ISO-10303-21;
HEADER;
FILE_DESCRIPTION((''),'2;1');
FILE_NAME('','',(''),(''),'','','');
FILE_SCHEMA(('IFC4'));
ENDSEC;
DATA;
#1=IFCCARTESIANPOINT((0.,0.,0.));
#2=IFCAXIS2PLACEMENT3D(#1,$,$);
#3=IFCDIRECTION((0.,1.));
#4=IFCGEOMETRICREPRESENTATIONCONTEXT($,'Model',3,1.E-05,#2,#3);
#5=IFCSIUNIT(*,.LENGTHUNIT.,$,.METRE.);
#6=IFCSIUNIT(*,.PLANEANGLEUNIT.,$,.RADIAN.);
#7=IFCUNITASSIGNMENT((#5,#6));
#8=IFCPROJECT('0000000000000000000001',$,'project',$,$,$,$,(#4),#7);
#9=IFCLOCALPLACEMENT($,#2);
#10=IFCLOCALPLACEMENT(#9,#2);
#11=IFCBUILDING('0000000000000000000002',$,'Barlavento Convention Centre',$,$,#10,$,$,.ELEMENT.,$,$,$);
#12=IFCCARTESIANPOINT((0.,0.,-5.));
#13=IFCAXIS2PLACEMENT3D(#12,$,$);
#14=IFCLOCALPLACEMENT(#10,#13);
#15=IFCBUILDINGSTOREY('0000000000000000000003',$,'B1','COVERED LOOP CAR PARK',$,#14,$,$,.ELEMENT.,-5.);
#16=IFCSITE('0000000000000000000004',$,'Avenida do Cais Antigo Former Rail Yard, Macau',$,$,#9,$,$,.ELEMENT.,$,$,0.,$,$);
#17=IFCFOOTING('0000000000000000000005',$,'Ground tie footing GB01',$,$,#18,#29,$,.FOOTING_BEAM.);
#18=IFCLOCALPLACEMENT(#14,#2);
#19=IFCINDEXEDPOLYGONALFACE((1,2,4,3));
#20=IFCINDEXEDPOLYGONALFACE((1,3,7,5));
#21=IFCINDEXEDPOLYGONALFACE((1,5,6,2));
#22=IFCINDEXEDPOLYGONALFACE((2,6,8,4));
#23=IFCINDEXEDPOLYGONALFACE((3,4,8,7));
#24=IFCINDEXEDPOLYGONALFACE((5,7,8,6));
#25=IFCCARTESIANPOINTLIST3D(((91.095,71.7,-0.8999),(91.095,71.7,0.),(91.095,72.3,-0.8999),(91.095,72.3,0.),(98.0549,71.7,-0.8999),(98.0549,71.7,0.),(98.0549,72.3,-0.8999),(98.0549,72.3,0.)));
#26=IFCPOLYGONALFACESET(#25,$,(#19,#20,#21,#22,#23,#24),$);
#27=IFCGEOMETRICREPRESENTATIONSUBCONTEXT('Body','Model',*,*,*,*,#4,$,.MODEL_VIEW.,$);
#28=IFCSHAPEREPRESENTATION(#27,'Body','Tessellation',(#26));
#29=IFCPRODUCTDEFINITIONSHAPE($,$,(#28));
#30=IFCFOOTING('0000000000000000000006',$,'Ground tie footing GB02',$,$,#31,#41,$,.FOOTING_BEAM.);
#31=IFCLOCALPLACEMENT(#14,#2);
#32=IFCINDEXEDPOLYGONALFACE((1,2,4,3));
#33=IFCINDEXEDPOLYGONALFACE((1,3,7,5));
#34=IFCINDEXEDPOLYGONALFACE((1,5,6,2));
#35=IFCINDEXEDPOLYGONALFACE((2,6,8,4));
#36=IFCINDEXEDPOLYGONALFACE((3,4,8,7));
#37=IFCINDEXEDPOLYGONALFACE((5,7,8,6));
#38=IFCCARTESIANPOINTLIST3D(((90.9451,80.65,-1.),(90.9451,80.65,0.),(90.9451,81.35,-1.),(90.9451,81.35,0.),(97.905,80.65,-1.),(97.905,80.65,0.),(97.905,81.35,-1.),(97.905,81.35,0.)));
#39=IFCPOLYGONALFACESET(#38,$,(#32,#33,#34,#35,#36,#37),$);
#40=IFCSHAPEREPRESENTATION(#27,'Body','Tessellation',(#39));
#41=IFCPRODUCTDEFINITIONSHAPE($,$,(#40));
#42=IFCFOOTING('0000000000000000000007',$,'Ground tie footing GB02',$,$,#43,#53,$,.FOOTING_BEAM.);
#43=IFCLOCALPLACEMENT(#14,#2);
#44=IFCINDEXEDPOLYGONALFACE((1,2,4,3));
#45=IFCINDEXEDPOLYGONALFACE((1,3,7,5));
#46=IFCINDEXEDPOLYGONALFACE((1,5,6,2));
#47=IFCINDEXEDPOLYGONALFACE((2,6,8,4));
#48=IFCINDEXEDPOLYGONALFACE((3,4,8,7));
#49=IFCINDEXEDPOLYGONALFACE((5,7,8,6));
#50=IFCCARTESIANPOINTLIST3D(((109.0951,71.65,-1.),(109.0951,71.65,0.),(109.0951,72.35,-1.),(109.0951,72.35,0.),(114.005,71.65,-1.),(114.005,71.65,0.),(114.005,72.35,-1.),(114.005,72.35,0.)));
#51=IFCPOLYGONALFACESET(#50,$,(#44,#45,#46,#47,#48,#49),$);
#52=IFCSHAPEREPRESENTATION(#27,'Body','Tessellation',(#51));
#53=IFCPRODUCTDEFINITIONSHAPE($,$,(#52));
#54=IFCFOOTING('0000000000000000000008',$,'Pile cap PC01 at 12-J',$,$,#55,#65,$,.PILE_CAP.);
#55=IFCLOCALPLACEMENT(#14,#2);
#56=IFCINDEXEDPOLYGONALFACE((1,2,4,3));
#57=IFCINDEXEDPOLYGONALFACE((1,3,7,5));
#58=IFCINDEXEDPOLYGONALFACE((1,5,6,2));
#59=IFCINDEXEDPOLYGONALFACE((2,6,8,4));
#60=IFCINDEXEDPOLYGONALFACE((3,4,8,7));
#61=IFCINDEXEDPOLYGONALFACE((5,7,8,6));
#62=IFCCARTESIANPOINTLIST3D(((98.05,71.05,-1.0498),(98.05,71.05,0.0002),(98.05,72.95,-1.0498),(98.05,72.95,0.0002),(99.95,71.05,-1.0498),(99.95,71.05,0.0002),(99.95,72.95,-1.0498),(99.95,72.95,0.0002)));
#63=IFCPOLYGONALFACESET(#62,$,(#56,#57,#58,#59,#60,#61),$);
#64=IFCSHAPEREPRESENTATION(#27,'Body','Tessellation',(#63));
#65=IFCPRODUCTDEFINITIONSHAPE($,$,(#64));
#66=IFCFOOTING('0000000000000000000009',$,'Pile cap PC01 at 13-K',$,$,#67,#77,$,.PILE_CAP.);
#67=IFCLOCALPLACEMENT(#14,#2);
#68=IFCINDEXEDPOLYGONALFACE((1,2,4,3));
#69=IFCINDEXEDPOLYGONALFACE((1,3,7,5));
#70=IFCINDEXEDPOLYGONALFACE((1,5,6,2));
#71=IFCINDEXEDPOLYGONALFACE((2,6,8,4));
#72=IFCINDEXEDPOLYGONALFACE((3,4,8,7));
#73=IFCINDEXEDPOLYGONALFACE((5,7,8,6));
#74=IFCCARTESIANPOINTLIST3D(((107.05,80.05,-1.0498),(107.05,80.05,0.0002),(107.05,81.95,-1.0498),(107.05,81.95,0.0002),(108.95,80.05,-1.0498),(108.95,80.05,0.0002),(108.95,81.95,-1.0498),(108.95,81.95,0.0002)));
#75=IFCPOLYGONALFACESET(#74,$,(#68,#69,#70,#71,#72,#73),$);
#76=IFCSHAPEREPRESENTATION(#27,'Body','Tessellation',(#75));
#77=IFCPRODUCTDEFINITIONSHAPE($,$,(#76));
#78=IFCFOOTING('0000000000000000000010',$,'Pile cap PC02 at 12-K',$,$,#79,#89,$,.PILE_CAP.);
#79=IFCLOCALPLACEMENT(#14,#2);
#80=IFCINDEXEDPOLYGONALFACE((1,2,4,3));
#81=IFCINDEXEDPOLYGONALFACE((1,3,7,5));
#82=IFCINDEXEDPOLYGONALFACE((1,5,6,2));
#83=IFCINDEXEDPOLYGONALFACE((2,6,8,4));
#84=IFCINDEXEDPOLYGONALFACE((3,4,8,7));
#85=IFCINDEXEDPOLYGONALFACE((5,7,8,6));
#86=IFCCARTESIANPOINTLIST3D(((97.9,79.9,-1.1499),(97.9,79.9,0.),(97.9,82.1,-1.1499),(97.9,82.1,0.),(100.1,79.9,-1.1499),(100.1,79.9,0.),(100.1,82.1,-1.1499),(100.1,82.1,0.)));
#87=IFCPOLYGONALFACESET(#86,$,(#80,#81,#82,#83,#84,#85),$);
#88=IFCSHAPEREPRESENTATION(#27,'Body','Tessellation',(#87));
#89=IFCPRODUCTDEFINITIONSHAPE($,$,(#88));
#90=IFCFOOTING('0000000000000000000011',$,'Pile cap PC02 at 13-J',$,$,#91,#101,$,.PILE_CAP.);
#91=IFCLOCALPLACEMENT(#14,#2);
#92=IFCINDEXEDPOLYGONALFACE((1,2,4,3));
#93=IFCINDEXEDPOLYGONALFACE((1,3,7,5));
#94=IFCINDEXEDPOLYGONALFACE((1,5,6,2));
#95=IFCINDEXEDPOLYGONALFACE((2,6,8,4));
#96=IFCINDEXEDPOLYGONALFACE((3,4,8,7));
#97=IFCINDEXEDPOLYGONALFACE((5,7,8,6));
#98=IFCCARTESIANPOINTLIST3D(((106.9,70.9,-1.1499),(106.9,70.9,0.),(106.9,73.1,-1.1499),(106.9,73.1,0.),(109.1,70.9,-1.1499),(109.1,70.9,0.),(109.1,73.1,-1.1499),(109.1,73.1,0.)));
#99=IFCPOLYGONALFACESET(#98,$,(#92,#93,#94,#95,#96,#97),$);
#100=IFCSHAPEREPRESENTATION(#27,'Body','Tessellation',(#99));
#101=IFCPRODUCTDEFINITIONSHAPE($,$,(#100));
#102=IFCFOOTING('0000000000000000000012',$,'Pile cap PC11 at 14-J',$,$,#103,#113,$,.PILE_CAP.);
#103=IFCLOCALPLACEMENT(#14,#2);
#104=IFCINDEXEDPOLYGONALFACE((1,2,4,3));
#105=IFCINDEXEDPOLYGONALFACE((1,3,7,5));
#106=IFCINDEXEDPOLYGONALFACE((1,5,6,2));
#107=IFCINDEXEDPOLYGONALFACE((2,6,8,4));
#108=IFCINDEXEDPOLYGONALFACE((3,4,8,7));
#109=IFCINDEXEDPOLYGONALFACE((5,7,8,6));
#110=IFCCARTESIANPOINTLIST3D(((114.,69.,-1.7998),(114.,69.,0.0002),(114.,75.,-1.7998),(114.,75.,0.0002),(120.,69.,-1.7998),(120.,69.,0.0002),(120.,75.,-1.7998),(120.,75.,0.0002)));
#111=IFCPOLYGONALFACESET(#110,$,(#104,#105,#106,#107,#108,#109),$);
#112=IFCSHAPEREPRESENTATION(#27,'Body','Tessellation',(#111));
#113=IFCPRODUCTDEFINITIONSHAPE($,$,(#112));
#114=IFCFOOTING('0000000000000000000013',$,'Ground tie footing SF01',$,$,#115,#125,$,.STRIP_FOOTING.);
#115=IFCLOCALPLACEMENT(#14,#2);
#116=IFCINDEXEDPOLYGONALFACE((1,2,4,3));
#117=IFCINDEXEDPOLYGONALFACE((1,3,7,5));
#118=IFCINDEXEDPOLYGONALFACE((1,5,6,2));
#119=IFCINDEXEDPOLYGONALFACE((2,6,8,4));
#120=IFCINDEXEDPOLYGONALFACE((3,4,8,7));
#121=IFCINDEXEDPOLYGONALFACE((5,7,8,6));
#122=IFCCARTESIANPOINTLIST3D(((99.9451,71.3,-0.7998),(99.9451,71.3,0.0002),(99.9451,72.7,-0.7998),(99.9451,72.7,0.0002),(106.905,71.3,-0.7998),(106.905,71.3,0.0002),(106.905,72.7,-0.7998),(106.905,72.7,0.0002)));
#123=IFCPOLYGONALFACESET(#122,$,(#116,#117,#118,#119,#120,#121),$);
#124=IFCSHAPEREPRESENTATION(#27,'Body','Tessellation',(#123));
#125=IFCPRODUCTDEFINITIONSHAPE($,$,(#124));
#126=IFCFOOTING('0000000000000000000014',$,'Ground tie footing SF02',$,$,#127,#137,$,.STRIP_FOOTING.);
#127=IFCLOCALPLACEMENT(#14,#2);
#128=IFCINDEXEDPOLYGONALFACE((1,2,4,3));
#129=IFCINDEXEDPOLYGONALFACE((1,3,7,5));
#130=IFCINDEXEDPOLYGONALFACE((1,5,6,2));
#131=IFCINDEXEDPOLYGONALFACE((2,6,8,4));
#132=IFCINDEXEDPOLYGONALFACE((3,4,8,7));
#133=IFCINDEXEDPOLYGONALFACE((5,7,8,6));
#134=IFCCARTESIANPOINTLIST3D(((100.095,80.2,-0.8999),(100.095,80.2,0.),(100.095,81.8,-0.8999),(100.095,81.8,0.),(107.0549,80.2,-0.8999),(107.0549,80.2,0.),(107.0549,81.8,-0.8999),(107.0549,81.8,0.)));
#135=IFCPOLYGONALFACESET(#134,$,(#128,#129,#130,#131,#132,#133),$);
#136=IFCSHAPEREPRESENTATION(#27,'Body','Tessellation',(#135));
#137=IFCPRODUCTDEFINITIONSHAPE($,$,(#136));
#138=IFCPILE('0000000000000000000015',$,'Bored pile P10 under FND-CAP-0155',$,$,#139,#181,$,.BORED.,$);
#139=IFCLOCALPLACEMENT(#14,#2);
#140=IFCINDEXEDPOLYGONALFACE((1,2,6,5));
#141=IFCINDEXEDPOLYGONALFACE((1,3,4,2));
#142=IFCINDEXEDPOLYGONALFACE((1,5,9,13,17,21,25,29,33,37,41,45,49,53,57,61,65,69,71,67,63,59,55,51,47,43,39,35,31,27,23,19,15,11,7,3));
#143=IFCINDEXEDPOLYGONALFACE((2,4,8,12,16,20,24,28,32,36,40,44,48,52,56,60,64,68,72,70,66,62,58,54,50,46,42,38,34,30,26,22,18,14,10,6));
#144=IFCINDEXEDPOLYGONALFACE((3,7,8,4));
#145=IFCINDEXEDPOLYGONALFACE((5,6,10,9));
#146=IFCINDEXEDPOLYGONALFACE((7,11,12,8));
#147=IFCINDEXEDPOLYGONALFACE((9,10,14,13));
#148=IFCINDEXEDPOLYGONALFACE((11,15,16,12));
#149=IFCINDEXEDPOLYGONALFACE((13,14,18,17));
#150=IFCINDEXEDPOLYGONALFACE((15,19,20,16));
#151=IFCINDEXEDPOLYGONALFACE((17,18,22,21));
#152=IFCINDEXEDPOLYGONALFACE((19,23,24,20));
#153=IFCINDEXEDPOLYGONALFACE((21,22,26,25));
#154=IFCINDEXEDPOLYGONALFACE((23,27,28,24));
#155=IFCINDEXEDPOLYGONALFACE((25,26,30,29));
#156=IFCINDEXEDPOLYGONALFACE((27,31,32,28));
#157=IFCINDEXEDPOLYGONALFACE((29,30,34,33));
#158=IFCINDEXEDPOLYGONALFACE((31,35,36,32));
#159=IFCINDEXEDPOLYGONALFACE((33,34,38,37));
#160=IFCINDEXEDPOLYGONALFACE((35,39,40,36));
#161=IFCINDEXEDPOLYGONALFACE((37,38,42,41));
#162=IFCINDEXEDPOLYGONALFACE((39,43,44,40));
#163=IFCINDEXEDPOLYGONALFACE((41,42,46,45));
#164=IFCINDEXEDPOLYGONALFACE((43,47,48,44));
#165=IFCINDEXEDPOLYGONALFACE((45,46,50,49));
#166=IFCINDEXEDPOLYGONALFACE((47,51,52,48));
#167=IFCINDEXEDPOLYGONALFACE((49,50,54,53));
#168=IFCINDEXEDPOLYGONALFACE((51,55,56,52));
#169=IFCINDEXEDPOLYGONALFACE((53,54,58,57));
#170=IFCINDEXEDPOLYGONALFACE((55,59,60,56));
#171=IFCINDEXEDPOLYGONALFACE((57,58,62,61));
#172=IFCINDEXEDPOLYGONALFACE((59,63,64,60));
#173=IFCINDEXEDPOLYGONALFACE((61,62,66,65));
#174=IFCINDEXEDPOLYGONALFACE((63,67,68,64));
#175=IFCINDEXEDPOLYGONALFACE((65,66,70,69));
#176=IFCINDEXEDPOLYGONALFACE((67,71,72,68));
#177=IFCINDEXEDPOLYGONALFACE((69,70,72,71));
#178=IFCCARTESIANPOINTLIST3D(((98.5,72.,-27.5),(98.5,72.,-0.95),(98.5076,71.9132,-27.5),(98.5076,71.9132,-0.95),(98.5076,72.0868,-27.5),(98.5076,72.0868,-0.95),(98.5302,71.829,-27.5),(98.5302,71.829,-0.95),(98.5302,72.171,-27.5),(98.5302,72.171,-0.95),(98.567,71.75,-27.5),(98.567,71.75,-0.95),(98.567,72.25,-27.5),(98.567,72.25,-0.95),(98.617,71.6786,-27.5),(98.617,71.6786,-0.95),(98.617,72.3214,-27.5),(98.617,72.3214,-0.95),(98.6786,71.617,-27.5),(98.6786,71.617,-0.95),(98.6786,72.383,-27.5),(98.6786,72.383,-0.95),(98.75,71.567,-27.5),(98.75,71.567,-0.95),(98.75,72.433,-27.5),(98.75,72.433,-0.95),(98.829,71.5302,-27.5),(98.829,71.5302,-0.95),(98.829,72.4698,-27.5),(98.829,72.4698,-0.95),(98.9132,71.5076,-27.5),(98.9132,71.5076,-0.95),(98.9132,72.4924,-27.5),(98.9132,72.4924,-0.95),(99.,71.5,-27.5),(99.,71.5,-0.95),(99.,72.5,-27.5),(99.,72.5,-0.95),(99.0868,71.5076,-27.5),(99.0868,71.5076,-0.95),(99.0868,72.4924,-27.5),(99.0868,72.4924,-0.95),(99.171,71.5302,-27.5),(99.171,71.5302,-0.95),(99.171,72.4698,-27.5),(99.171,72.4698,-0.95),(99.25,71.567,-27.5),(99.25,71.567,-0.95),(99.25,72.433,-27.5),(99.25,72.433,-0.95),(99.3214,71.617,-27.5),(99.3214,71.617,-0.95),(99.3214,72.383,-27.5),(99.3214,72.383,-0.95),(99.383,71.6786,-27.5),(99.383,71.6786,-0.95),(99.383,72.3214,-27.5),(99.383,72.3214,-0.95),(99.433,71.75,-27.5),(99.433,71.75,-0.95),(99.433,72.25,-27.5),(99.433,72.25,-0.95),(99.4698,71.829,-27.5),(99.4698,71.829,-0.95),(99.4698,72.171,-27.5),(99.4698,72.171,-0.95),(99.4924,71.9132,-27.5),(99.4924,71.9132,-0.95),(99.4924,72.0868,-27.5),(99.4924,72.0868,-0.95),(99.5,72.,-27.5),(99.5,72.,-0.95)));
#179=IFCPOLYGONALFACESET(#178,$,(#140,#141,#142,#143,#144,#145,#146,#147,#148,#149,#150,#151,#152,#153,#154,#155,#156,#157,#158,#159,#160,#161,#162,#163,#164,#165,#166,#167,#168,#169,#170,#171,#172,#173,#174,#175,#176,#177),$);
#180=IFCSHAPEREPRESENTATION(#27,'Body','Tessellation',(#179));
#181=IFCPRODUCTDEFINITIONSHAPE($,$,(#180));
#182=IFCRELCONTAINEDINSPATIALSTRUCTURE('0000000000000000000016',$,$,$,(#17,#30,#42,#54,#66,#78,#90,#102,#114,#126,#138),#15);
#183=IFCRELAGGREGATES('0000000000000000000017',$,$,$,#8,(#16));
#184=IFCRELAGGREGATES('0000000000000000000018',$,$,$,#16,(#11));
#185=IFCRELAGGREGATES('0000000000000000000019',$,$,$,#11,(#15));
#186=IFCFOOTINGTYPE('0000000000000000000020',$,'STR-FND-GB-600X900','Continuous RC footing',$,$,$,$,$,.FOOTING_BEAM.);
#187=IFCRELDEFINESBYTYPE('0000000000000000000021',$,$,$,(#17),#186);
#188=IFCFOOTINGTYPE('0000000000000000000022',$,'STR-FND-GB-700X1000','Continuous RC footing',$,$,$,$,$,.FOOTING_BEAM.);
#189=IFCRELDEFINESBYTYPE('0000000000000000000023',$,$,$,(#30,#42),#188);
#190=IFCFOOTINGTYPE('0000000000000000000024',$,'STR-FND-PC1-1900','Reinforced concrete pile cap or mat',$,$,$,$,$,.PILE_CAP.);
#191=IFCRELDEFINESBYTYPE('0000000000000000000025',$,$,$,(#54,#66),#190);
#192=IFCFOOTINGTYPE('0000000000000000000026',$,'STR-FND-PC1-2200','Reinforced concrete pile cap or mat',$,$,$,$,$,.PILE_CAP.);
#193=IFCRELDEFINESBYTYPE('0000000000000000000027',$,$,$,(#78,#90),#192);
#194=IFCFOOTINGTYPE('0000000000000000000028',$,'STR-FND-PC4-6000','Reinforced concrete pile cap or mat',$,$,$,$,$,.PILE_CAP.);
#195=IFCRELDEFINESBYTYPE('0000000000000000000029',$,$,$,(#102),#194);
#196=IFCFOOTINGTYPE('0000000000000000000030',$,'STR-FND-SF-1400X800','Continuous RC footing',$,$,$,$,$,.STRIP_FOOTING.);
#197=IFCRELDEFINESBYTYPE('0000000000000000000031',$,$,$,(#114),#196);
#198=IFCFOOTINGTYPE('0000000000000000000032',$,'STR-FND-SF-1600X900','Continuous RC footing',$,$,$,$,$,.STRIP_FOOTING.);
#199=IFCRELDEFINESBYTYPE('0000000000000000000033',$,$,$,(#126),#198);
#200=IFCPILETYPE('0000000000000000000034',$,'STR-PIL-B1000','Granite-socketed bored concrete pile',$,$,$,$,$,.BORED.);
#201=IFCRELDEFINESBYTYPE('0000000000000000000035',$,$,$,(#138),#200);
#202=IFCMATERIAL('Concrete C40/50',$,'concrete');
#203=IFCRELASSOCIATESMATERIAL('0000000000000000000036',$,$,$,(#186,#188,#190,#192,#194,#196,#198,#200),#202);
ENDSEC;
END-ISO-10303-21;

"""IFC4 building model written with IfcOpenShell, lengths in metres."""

from ifc_helpers import new_model, si_unit, direction, frame, origin, origin_2d, place, context, subcontext, project, spatial, rectangle, circle, extrude, material, material_profile, profile_set, type_object, element, save


model = new_model("IFC4")

# Units and contexts
model_context = context("Model", 3, precision=1e-05, world=origin(), true_north=direction((0.0, 1.0)))
body_context = subcontext(model_context, "Body", "Model", "MODEL_VIEW")
ifc_project = project(units=[si_unit("LENGTHUNIT", "METRE"), si_unit("PLANEANGLEUNIT", "RADIAN")], contexts=[model_context])

# Site, building, storey
site_placement = place(None, origin())
site = spatial("IfcSite", under=ifc_project, at=site_placement, Name="Avenida do Cais Antigo Former Rail Yard, Macau", CompositionType="ELEMENT", RefElevation=0.0)
building_placement = place(site_placement, origin())
building = spatial("IfcBuilding", under=site, at=building_placement, Name="Barlavento Convention Centre", CompositionType="ELEMENT")
storey_placement = place(building_placement, frame((0.0, 0.0, -5.0)))
storey = spatial("IfcBuildingStorey", under=building, at=storey_placement, Name="B1", Description="COVERED LOOP CAR PARK", CompositionType="ELEMENT", Elevation=-5.0)

# Footings
ifc_material_1 = material(Name="Concrete C40/50", Category="concrete")
footing_type_1 = type_object("IfcFootingType", Name="STR-FND-GB-600X900", Description="Continuous RC footing", PredefinedType="FOOTING_BEAM", material=ifc_material_1)
footing_1_placement = place(storey_placement, frame((94.575, 72.0, -0.8999), z_axis=(0.0, 0.0, 1.0), x_axis=(1.0, 0.0, 0.0)))
element("IfcFooting", 1, at=footing_1_placement, inside=storey, type_object=footing_type_1, Name="Ground tie footing GB01", PredefinedType="FOOTING_BEAM", context=body_context, shape_type="SweptSolid", body=[
    extrude(rectangle(XDim=6.96, YDim=0.6001, at=origin_2d()), origin(), (0.0, 0.0, 1.0), 0.8999),
])
footing_type_2 = type_object("IfcFootingType", Name="STR-FND-GB-700X1000", Description="Continuous RC footing", PredefinedType="FOOTING_BEAM", material=ifc_material_1)
footing_2_placement = place(storey_placement, frame((94.425, 81.0, -1.0), z_axis=(0.0, 0.0, 1.0), x_axis=(1.0, 0.0, 0.0)))
element("IfcFooting", 2, at=footing_2_placement, inside=storey, type_object=footing_type_2, Name="Ground tie footing GB02", PredefinedType="FOOTING_BEAM", context=body_context, shape_type="SweptSolid", body=[
    extrude(rectangle(XDim=6.96, YDim=0.7, at=origin_2d()), origin(), (0.0, 0.0, 1.0), 1.0),
])
footing_3_placement = place(storey_placement, frame((111.55, 72.0, -1.0), z_axis=(0.0, 0.0, 1.0), x_axis=(1.0, 0.0, 0.0)))
element("IfcFooting", 3, at=footing_3_placement, inside=storey, type_object=footing_type_2, Name="Ground tie footing GB02", PredefinedType="FOOTING_BEAM", context=body_context, shape_type="SweptSolid", body=[
    extrude(rectangle(XDim=4.9099, YDim=0.7, at=origin_2d()), origin(), (0.0, 0.0, 1.0), 1.0),
])
footing_type_3 = type_object("IfcFootingType", Name="STR-FND-PC1-1900", Description="Reinforced concrete pile cap or mat", PredefinedType="PILE_CAP", material=ifc_material_1)
for number, where, z_axis, x_axis, name in (
    (4, (99.0, 72.0, -1.0498), (0.0, 0.0, 1.0), (1.0, 0.0, 0.0), "Pile cap PC01 at 12-J"),
    (5, (108.0, 81.0, -1.0498), (0.0, 0.0, 1.0), (1.0, 0.0, 0.0), "Pile cap PC01 at 13-K"),
):
    element("IfcFooting", number, at=place(storey_placement, frame(where, z_axis=z_axis, x_axis=x_axis)), inside=storey, type_object=footing_type_3, Name=name, PredefinedType="PILE_CAP", context=body_context, shape_type="SweptSolid", body=[
        extrude(rectangle(XDim=1.8999, YDim=1.8999, at=origin_2d()), origin(), (0.0, 0.0, 1.0), 1.05),
    ])
footing_type_4 = type_object("IfcFootingType", Name="STR-FND-PC1-2200", Description="Reinforced concrete pile cap or mat", PredefinedType="PILE_CAP", material=ifc_material_1)
for number, where, z_axis, x_axis, name in (
    (6, (99.0, 81.0, -1.1499), (0.0, 0.0, 1.0), (1.0, 0.0, 0.0), "Pile cap PC02 at 12-K"),
    (7, (108.0, 72.0, -1.1499), (0.0, 0.0, 1.0), (1.0, 0.0, 0.0), "Pile cap PC02 at 13-J"),
):
    element("IfcFooting", number, at=place(storey_placement, frame(where, z_axis=z_axis, x_axis=x_axis)), inside=storey, type_object=footing_type_4, Name=name, PredefinedType="PILE_CAP", context=body_context, shape_type="SweptSolid", body=[
        extrude(rectangle(XDim=2.2, YDim=2.2, at=origin_2d()), origin(), (0.0, 0.0, 1.0), 1.1499),
    ])
footing_type_5 = type_object("IfcFootingType", Name="STR-FND-PC4-6000", Description="Reinforced concrete pile cap or mat", PredefinedType="PILE_CAP", material=ifc_material_1)
footing_4_placement = place(storey_placement, frame((117.0, 72.0, -1.7998), z_axis=(0.0, 0.0, 1.0), x_axis=(1.0, 0.0, 0.0)))
element("IfcFooting", 8, at=footing_4_placement, inside=storey, type_object=footing_type_5, Name="Pile cap PC11 at 14-J", PredefinedType="PILE_CAP", context=body_context, shape_type="SweptSolid", body=[
    extrude(rectangle(XDim=6.0, YDim=6.0, at=origin_2d()), origin(), (0.0, 0.0, 1.0), 1.8),
])
footing_type_6 = type_object("IfcFootingType", Name="STR-FND-SF-1400X800", Description="Continuous RC footing", PredefinedType="STRIP_FOOTING", material=ifc_material_1)
footing_5_placement = place(storey_placement, frame((103.425, 72.0, -0.7998), z_axis=(0.0, 0.0, 1.0), x_axis=(1.0, 0.0, 0.0)))
element("IfcFooting", 9, at=footing_5_placement, inside=storey, type_object=footing_type_6, Name="Ground tie footing SF01", PredefinedType="STRIP_FOOTING", context=body_context, shape_type="SweptSolid", body=[
    extrude(rectangle(XDim=6.96, YDim=1.3999, at=origin_2d()), origin(), (0.0, 0.0, 1.0), 0.8),
])
footing_type_7 = type_object("IfcFootingType", Name="STR-FND-SF-1600X900", Description="Continuous RC footing", PredefinedType="STRIP_FOOTING", material=ifc_material_1)
footing_6_placement = place(storey_placement, frame((103.575, 81.0, -0.8999), z_axis=(0.0, 0.0, 1.0), x_axis=(1.0, 0.0, 0.0)))
element("IfcFooting", 10, at=footing_6_placement, inside=storey, type_object=footing_type_7, Name="Ground tie footing SF02", PredefinedType="STRIP_FOOTING", context=body_context, shape_type="SweptSolid", body=[
    extrude(rectangle(XDim=6.96, YDim=1.6001, at=origin_2d()), origin(), (0.0, 0.0, 1.0), 0.8999),
])

# Pile
ifc_material_profile_1 = material_profile(ifc_material_1, circle(Radius=0.5, at=origin_2d()), Name="BORED PILE 1000")
ifc_profile_set_1 = profile_set([ifc_material_profile_1], Name="Concrete C40/50")
pile_type_1 = type_object("IfcPileType", Name="STR-PIL-B1000", Description="Granite-socketed bored concrete pile", PredefinedType="BORED", material=ifc_profile_set_1)
pile_1_placement = place(storey_placement, frame((99.0, 72.0, -0.95), z_axis=(0.0, 0.0, -1.0), x_axis=(1.0, 0.0, 0.0)))
element("IfcPile", 11, at=pile_1_placement, inside=storey, type_object=pile_type_1, Name="Bored pile P10 under FND-CAP-0155", PredefinedType="BORED", context=body_context, shape_type="SweptSolid", body=[
    extrude(circle(Radius=0.5, at=origin_2d()), origin(), (0.0, 0.0, 1.0), 26.55),
])

save(model, "model.ifc")
